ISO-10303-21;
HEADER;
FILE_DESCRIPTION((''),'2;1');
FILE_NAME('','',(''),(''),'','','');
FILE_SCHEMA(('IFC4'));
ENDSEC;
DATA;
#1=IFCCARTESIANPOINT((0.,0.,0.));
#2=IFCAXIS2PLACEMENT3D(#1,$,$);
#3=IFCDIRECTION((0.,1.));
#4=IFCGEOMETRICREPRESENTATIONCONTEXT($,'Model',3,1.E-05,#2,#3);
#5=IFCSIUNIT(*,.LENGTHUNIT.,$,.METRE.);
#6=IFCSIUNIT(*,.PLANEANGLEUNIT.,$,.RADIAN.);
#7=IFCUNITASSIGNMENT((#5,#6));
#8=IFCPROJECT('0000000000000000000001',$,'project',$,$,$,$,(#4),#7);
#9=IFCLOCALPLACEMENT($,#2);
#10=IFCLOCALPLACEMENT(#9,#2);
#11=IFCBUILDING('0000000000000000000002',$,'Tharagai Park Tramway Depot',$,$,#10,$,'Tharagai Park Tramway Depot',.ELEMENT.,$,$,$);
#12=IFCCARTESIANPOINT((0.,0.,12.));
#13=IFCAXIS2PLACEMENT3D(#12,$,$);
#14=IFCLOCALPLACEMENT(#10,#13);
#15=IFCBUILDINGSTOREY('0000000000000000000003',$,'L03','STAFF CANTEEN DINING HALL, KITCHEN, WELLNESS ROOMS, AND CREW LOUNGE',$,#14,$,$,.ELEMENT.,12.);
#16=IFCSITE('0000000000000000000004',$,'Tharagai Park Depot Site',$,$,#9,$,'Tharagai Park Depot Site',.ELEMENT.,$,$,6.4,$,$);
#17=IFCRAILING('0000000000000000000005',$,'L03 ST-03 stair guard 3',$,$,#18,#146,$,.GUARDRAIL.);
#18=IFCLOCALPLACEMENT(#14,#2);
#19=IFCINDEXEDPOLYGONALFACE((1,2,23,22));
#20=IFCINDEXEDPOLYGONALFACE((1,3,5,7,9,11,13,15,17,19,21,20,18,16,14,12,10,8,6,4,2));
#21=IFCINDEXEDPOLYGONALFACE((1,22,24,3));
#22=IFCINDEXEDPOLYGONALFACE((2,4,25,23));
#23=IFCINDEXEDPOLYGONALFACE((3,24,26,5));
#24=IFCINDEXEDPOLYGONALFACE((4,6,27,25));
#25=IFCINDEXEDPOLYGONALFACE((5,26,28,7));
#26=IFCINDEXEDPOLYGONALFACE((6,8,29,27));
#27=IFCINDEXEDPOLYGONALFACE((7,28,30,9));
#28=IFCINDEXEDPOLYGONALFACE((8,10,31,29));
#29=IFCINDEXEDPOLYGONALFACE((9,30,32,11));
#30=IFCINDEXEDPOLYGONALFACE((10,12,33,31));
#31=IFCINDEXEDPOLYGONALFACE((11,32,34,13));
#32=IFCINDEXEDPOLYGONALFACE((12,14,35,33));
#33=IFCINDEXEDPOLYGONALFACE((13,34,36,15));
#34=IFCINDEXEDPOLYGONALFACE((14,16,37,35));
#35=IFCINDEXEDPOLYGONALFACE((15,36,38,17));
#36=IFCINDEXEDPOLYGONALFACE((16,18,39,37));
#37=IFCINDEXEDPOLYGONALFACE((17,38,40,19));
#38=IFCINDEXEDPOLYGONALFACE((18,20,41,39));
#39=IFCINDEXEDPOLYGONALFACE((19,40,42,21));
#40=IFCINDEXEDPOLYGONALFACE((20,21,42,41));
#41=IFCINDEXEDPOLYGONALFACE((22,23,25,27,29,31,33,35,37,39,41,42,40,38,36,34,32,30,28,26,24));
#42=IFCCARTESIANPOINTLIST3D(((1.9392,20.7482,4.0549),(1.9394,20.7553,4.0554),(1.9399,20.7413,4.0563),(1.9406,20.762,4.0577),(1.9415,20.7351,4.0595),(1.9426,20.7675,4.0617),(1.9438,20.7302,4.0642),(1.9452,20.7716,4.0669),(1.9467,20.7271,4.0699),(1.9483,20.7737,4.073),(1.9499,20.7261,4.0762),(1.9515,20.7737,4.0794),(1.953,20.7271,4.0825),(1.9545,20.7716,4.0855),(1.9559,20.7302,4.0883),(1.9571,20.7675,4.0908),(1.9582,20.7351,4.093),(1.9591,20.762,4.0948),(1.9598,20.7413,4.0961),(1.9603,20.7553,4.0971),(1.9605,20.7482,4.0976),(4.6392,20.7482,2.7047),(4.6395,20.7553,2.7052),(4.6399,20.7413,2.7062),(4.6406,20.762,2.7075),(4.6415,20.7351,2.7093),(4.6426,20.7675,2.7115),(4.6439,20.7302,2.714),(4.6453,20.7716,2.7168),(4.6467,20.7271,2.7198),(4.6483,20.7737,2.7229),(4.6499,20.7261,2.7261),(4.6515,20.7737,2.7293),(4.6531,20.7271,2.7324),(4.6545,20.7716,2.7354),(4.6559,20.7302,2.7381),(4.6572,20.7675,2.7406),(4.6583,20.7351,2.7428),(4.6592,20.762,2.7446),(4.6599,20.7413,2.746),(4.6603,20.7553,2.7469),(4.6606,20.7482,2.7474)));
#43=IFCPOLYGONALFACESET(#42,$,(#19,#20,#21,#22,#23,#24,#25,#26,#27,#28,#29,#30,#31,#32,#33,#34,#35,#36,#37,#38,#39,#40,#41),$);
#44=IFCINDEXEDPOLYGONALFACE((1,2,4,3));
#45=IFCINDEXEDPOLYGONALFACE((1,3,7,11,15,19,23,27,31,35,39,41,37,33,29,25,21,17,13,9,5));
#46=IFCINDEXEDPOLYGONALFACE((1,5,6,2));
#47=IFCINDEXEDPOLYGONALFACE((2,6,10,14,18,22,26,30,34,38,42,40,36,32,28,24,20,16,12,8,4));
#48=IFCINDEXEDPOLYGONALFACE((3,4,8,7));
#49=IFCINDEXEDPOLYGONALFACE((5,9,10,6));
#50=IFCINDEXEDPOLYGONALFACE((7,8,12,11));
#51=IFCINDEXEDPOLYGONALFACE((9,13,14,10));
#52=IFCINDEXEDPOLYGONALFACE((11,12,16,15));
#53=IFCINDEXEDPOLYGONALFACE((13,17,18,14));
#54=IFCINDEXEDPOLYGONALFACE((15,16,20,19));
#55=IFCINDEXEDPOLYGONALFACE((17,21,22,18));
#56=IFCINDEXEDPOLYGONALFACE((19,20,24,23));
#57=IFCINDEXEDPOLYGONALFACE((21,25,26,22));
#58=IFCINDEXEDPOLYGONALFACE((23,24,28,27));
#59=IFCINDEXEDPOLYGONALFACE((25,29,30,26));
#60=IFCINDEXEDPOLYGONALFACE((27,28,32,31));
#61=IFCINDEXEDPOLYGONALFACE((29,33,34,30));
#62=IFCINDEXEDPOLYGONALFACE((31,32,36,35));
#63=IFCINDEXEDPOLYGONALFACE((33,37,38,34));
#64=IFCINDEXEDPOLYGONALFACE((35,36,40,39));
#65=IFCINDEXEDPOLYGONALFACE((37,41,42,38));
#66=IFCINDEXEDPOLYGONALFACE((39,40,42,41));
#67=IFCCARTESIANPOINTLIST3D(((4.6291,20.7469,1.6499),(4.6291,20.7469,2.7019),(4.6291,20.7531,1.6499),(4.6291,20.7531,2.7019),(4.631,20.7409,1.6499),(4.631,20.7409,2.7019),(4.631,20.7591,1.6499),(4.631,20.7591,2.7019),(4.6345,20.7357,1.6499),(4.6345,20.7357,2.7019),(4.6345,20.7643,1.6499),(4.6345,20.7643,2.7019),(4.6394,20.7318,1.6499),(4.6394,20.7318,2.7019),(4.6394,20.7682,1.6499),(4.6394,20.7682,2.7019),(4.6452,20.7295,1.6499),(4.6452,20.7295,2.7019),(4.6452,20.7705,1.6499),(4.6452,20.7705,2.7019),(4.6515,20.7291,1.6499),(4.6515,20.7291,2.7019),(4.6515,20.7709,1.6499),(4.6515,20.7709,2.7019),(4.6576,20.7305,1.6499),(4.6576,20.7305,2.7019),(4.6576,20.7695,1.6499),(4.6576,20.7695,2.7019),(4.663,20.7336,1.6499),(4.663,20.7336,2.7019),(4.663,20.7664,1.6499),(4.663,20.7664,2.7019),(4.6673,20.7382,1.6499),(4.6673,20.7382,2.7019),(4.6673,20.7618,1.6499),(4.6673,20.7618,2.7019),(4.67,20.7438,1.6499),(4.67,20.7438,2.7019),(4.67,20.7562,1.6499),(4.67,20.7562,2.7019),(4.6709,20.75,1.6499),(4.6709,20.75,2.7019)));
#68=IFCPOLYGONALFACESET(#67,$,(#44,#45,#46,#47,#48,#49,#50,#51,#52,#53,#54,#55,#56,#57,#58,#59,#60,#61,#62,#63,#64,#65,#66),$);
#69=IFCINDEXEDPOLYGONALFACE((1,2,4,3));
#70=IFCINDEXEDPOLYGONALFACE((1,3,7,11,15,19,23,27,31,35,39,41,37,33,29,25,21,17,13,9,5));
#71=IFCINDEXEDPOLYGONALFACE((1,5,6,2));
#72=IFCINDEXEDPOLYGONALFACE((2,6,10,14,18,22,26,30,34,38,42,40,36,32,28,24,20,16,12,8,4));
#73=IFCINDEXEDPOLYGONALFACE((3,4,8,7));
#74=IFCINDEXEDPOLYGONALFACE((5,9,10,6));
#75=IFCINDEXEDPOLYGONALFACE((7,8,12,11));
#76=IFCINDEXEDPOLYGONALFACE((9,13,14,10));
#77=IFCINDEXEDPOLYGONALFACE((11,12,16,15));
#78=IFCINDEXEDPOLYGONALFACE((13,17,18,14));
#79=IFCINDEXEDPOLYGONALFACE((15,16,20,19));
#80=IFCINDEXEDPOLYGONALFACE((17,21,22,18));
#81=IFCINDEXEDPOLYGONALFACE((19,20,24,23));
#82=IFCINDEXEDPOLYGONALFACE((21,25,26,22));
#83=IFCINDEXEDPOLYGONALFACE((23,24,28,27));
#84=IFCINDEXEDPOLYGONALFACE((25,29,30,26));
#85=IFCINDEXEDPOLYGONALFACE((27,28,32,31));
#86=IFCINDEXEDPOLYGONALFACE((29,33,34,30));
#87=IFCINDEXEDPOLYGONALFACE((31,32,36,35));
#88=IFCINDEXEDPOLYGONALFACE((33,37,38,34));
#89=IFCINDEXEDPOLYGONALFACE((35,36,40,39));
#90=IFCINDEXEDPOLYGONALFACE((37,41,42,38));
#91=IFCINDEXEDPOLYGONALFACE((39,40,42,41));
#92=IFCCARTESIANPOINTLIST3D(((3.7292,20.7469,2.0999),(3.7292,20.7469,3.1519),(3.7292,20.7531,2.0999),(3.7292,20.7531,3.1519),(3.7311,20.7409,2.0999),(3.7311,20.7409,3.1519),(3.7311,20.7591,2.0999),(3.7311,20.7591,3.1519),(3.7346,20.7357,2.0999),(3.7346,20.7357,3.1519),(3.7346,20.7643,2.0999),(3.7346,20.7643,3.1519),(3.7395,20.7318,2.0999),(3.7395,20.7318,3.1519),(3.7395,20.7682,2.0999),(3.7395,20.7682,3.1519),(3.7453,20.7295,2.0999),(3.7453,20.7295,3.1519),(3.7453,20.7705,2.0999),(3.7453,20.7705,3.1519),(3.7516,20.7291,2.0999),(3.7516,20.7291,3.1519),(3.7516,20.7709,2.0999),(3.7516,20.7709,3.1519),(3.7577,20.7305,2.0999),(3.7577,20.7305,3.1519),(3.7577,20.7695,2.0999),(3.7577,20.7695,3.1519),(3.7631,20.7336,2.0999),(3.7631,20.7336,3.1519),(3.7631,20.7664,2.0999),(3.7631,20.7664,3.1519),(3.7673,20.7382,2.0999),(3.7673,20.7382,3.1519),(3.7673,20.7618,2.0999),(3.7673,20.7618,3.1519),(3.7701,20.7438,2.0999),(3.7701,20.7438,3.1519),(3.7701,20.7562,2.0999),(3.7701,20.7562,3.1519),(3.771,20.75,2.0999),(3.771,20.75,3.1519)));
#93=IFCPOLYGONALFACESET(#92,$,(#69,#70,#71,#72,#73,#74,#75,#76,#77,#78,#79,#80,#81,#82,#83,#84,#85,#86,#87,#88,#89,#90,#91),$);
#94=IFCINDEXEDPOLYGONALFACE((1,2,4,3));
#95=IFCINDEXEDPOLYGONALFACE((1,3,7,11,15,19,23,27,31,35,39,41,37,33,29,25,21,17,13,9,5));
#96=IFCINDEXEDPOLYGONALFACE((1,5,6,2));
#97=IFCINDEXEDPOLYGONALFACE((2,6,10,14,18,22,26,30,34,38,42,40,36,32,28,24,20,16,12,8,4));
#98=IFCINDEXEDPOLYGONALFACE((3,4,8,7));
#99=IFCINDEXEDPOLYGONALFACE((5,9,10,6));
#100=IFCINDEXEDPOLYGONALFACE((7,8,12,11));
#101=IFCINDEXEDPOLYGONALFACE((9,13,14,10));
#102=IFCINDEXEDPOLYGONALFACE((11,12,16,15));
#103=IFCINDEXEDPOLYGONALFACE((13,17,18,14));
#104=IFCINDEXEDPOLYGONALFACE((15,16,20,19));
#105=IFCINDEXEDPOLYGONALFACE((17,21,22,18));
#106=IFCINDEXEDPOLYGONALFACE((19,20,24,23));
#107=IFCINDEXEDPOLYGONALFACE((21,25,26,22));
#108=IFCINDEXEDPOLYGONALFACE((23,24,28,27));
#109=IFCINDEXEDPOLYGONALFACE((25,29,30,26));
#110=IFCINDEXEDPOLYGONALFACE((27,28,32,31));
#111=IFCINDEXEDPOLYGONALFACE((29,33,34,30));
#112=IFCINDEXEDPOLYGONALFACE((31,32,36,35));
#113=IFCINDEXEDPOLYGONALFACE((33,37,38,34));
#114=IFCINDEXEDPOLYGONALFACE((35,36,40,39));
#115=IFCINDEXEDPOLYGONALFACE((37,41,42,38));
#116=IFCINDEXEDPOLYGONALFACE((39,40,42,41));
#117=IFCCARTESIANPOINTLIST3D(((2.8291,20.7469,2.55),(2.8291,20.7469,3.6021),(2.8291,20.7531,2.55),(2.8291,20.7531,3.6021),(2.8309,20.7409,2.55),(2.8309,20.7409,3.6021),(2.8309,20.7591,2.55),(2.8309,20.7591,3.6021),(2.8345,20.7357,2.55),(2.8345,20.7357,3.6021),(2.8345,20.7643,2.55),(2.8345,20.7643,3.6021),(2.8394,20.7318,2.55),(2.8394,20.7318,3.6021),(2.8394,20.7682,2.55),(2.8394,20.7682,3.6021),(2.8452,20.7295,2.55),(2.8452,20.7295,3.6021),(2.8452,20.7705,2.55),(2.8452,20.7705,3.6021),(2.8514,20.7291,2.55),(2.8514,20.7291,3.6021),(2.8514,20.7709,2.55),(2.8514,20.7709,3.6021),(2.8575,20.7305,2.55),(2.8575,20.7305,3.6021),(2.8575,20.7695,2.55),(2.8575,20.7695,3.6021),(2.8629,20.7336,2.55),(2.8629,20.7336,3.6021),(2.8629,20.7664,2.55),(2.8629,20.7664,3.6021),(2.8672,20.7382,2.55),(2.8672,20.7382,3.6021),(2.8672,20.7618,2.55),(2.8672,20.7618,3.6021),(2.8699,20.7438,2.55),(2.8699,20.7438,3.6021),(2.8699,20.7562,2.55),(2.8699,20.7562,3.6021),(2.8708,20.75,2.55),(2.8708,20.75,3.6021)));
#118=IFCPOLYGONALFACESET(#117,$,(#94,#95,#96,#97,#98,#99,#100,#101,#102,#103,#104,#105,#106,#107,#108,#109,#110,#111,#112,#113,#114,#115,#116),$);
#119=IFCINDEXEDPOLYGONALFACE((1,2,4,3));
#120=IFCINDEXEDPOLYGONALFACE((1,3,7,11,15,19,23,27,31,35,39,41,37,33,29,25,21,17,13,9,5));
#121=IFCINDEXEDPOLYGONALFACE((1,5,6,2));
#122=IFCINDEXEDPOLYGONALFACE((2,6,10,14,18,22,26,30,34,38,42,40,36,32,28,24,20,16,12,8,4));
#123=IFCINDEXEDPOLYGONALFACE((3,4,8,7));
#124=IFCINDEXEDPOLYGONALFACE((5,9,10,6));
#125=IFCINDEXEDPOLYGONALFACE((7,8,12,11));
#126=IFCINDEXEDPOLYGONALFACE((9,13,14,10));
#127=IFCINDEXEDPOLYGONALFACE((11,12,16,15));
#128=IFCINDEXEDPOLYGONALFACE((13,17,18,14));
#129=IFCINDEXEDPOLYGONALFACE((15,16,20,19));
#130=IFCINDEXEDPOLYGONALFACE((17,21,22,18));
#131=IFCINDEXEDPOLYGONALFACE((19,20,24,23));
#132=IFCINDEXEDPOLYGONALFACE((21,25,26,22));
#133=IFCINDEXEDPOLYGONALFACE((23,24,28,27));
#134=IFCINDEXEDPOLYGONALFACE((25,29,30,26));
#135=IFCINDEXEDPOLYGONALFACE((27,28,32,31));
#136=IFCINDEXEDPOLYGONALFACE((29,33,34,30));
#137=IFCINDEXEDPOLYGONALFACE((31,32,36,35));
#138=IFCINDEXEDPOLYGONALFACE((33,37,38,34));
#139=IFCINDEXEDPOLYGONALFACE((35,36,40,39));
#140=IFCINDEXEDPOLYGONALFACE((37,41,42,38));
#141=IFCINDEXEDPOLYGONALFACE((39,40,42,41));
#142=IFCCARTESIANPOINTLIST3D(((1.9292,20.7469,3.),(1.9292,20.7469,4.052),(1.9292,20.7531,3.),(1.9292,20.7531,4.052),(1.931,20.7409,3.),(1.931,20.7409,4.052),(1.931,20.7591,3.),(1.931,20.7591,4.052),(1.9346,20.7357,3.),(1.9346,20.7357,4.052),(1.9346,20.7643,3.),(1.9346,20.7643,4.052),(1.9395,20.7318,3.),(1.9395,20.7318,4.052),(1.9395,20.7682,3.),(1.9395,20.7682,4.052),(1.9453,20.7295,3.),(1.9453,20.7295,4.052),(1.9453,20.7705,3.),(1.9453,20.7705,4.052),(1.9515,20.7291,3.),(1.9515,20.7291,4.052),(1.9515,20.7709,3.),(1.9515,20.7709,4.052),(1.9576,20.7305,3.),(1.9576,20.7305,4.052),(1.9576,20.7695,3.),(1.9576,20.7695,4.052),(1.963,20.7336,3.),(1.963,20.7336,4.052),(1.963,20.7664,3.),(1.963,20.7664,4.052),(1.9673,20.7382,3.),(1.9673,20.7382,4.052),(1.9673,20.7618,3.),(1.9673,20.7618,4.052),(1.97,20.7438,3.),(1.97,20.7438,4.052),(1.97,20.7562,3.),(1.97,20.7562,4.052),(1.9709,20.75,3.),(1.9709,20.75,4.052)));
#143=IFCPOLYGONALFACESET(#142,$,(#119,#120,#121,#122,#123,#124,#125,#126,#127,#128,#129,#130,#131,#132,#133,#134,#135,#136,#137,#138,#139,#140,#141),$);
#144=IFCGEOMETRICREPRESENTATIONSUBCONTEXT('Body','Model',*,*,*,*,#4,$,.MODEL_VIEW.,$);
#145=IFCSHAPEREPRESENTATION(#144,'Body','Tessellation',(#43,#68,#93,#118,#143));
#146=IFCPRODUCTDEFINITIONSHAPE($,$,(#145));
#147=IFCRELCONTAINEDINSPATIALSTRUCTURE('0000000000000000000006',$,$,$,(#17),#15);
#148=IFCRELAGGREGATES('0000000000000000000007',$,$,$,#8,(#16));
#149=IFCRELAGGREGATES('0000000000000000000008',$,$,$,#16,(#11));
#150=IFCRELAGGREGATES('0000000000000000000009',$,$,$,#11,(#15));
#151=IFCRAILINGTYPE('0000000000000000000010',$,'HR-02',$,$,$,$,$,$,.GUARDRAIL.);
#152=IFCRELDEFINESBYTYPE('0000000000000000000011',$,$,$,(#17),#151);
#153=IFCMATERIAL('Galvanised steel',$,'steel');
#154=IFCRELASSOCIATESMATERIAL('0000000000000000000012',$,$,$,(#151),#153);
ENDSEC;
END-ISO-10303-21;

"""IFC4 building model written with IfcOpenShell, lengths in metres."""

from ifc_helpers import new_model, si_unit, direction, frame, origin, origin_2d, place, context, subcontext, project, spatial, circle, extrude, material, type_object, element, save


model = new_model("IFC4")

# Units and contexts
model_context = context("Model", 3, precision=1e-05, world=origin(), true_north=direction((0.0, 1.0)))
body_context = subcontext(model_context, "Body", "Model", "MODEL_VIEW")
ifc_project = project(units=[si_unit("LENGTHUNIT", "METRE"), si_unit("PLANEANGLEUNIT", "RADIAN")], contexts=[model_context])

# Site, building, storey
site_placement = place(None, origin())
site = spatial("IfcSite", under=ifc_project, at=site_placement, Name="Tharagai Park Depot Site", LongName="Tharagai Park Depot Site", CompositionType="ELEMENT", RefElevation=6.4)
building_placement = place(site_placement, origin())
building = spatial("IfcBuilding", under=site, at=building_placement, Name="Tharagai Park Tramway Depot", LongName="Tharagai Park Tramway Depot", CompositionType="ELEMENT")
storey_placement = place(building_placement, frame((0.0, 0.0, 12.0)))
storey = spatial("IfcBuildingStorey", under=building, at=storey_placement, Name="L03", Description="STAFF CANTEEN DINING HALL, KITCHEN, WELLNESS ROOMS, AND CREW LOUNGE", CompositionType="ELEMENT", Elevation=12.0)

# Shared definitions
ifc_material_1 = material(Name="Galvanised steel", Category="steel")

# Railing
railing_type_1 = type_object("IfcRailingType", Name="HR-02", PredefinedType="GUARDRAIL", material=ifc_material_1)
railing_1_placement = place(storey_placement, frame((4.6499, 20.75, 1.6499)))
element("IfcRailing", 1, at=railing_1_placement, inside=storey, type_object=railing_type_1, Name="L03 ST-03 stair guard 3", PredefinedType="GUARDRAIL", context=body_context, shape_type="SweptSolid", body=[
    extrude(circle(Radius=0.0239, at=origin_2d()), frame((0.0, 0.0, 1.0762), z_axis=(-0.894411, 0.0, 0.447246), x_axis=(0.0, -1.0, 0.0)), (0.0, 0.0, 1.0), 3.0188),
    extrude(circle(Radius=0.021, at=origin_2d()), origin(), (0.0, 0.0, 1.0), 1.052),
    extrude(circle(Radius=0.021, at=origin_2d()), frame((-0.8999, 0.0, 0.45)), (0.0, 0.0, 1.0), 1.052),
    extrude(circle(Radius=0.021, at=origin_2d()), frame((-1.8, 0.0, 0.9001)), (0.0, 0.0, 1.0), 1.052),
    extrude(circle(Radius=0.021, at=origin_2d()), frame((-2.7, 0.0, 1.3501)), (0.0, 0.0, 1.0), 1.052),
])

save(model, "model.ifc")
